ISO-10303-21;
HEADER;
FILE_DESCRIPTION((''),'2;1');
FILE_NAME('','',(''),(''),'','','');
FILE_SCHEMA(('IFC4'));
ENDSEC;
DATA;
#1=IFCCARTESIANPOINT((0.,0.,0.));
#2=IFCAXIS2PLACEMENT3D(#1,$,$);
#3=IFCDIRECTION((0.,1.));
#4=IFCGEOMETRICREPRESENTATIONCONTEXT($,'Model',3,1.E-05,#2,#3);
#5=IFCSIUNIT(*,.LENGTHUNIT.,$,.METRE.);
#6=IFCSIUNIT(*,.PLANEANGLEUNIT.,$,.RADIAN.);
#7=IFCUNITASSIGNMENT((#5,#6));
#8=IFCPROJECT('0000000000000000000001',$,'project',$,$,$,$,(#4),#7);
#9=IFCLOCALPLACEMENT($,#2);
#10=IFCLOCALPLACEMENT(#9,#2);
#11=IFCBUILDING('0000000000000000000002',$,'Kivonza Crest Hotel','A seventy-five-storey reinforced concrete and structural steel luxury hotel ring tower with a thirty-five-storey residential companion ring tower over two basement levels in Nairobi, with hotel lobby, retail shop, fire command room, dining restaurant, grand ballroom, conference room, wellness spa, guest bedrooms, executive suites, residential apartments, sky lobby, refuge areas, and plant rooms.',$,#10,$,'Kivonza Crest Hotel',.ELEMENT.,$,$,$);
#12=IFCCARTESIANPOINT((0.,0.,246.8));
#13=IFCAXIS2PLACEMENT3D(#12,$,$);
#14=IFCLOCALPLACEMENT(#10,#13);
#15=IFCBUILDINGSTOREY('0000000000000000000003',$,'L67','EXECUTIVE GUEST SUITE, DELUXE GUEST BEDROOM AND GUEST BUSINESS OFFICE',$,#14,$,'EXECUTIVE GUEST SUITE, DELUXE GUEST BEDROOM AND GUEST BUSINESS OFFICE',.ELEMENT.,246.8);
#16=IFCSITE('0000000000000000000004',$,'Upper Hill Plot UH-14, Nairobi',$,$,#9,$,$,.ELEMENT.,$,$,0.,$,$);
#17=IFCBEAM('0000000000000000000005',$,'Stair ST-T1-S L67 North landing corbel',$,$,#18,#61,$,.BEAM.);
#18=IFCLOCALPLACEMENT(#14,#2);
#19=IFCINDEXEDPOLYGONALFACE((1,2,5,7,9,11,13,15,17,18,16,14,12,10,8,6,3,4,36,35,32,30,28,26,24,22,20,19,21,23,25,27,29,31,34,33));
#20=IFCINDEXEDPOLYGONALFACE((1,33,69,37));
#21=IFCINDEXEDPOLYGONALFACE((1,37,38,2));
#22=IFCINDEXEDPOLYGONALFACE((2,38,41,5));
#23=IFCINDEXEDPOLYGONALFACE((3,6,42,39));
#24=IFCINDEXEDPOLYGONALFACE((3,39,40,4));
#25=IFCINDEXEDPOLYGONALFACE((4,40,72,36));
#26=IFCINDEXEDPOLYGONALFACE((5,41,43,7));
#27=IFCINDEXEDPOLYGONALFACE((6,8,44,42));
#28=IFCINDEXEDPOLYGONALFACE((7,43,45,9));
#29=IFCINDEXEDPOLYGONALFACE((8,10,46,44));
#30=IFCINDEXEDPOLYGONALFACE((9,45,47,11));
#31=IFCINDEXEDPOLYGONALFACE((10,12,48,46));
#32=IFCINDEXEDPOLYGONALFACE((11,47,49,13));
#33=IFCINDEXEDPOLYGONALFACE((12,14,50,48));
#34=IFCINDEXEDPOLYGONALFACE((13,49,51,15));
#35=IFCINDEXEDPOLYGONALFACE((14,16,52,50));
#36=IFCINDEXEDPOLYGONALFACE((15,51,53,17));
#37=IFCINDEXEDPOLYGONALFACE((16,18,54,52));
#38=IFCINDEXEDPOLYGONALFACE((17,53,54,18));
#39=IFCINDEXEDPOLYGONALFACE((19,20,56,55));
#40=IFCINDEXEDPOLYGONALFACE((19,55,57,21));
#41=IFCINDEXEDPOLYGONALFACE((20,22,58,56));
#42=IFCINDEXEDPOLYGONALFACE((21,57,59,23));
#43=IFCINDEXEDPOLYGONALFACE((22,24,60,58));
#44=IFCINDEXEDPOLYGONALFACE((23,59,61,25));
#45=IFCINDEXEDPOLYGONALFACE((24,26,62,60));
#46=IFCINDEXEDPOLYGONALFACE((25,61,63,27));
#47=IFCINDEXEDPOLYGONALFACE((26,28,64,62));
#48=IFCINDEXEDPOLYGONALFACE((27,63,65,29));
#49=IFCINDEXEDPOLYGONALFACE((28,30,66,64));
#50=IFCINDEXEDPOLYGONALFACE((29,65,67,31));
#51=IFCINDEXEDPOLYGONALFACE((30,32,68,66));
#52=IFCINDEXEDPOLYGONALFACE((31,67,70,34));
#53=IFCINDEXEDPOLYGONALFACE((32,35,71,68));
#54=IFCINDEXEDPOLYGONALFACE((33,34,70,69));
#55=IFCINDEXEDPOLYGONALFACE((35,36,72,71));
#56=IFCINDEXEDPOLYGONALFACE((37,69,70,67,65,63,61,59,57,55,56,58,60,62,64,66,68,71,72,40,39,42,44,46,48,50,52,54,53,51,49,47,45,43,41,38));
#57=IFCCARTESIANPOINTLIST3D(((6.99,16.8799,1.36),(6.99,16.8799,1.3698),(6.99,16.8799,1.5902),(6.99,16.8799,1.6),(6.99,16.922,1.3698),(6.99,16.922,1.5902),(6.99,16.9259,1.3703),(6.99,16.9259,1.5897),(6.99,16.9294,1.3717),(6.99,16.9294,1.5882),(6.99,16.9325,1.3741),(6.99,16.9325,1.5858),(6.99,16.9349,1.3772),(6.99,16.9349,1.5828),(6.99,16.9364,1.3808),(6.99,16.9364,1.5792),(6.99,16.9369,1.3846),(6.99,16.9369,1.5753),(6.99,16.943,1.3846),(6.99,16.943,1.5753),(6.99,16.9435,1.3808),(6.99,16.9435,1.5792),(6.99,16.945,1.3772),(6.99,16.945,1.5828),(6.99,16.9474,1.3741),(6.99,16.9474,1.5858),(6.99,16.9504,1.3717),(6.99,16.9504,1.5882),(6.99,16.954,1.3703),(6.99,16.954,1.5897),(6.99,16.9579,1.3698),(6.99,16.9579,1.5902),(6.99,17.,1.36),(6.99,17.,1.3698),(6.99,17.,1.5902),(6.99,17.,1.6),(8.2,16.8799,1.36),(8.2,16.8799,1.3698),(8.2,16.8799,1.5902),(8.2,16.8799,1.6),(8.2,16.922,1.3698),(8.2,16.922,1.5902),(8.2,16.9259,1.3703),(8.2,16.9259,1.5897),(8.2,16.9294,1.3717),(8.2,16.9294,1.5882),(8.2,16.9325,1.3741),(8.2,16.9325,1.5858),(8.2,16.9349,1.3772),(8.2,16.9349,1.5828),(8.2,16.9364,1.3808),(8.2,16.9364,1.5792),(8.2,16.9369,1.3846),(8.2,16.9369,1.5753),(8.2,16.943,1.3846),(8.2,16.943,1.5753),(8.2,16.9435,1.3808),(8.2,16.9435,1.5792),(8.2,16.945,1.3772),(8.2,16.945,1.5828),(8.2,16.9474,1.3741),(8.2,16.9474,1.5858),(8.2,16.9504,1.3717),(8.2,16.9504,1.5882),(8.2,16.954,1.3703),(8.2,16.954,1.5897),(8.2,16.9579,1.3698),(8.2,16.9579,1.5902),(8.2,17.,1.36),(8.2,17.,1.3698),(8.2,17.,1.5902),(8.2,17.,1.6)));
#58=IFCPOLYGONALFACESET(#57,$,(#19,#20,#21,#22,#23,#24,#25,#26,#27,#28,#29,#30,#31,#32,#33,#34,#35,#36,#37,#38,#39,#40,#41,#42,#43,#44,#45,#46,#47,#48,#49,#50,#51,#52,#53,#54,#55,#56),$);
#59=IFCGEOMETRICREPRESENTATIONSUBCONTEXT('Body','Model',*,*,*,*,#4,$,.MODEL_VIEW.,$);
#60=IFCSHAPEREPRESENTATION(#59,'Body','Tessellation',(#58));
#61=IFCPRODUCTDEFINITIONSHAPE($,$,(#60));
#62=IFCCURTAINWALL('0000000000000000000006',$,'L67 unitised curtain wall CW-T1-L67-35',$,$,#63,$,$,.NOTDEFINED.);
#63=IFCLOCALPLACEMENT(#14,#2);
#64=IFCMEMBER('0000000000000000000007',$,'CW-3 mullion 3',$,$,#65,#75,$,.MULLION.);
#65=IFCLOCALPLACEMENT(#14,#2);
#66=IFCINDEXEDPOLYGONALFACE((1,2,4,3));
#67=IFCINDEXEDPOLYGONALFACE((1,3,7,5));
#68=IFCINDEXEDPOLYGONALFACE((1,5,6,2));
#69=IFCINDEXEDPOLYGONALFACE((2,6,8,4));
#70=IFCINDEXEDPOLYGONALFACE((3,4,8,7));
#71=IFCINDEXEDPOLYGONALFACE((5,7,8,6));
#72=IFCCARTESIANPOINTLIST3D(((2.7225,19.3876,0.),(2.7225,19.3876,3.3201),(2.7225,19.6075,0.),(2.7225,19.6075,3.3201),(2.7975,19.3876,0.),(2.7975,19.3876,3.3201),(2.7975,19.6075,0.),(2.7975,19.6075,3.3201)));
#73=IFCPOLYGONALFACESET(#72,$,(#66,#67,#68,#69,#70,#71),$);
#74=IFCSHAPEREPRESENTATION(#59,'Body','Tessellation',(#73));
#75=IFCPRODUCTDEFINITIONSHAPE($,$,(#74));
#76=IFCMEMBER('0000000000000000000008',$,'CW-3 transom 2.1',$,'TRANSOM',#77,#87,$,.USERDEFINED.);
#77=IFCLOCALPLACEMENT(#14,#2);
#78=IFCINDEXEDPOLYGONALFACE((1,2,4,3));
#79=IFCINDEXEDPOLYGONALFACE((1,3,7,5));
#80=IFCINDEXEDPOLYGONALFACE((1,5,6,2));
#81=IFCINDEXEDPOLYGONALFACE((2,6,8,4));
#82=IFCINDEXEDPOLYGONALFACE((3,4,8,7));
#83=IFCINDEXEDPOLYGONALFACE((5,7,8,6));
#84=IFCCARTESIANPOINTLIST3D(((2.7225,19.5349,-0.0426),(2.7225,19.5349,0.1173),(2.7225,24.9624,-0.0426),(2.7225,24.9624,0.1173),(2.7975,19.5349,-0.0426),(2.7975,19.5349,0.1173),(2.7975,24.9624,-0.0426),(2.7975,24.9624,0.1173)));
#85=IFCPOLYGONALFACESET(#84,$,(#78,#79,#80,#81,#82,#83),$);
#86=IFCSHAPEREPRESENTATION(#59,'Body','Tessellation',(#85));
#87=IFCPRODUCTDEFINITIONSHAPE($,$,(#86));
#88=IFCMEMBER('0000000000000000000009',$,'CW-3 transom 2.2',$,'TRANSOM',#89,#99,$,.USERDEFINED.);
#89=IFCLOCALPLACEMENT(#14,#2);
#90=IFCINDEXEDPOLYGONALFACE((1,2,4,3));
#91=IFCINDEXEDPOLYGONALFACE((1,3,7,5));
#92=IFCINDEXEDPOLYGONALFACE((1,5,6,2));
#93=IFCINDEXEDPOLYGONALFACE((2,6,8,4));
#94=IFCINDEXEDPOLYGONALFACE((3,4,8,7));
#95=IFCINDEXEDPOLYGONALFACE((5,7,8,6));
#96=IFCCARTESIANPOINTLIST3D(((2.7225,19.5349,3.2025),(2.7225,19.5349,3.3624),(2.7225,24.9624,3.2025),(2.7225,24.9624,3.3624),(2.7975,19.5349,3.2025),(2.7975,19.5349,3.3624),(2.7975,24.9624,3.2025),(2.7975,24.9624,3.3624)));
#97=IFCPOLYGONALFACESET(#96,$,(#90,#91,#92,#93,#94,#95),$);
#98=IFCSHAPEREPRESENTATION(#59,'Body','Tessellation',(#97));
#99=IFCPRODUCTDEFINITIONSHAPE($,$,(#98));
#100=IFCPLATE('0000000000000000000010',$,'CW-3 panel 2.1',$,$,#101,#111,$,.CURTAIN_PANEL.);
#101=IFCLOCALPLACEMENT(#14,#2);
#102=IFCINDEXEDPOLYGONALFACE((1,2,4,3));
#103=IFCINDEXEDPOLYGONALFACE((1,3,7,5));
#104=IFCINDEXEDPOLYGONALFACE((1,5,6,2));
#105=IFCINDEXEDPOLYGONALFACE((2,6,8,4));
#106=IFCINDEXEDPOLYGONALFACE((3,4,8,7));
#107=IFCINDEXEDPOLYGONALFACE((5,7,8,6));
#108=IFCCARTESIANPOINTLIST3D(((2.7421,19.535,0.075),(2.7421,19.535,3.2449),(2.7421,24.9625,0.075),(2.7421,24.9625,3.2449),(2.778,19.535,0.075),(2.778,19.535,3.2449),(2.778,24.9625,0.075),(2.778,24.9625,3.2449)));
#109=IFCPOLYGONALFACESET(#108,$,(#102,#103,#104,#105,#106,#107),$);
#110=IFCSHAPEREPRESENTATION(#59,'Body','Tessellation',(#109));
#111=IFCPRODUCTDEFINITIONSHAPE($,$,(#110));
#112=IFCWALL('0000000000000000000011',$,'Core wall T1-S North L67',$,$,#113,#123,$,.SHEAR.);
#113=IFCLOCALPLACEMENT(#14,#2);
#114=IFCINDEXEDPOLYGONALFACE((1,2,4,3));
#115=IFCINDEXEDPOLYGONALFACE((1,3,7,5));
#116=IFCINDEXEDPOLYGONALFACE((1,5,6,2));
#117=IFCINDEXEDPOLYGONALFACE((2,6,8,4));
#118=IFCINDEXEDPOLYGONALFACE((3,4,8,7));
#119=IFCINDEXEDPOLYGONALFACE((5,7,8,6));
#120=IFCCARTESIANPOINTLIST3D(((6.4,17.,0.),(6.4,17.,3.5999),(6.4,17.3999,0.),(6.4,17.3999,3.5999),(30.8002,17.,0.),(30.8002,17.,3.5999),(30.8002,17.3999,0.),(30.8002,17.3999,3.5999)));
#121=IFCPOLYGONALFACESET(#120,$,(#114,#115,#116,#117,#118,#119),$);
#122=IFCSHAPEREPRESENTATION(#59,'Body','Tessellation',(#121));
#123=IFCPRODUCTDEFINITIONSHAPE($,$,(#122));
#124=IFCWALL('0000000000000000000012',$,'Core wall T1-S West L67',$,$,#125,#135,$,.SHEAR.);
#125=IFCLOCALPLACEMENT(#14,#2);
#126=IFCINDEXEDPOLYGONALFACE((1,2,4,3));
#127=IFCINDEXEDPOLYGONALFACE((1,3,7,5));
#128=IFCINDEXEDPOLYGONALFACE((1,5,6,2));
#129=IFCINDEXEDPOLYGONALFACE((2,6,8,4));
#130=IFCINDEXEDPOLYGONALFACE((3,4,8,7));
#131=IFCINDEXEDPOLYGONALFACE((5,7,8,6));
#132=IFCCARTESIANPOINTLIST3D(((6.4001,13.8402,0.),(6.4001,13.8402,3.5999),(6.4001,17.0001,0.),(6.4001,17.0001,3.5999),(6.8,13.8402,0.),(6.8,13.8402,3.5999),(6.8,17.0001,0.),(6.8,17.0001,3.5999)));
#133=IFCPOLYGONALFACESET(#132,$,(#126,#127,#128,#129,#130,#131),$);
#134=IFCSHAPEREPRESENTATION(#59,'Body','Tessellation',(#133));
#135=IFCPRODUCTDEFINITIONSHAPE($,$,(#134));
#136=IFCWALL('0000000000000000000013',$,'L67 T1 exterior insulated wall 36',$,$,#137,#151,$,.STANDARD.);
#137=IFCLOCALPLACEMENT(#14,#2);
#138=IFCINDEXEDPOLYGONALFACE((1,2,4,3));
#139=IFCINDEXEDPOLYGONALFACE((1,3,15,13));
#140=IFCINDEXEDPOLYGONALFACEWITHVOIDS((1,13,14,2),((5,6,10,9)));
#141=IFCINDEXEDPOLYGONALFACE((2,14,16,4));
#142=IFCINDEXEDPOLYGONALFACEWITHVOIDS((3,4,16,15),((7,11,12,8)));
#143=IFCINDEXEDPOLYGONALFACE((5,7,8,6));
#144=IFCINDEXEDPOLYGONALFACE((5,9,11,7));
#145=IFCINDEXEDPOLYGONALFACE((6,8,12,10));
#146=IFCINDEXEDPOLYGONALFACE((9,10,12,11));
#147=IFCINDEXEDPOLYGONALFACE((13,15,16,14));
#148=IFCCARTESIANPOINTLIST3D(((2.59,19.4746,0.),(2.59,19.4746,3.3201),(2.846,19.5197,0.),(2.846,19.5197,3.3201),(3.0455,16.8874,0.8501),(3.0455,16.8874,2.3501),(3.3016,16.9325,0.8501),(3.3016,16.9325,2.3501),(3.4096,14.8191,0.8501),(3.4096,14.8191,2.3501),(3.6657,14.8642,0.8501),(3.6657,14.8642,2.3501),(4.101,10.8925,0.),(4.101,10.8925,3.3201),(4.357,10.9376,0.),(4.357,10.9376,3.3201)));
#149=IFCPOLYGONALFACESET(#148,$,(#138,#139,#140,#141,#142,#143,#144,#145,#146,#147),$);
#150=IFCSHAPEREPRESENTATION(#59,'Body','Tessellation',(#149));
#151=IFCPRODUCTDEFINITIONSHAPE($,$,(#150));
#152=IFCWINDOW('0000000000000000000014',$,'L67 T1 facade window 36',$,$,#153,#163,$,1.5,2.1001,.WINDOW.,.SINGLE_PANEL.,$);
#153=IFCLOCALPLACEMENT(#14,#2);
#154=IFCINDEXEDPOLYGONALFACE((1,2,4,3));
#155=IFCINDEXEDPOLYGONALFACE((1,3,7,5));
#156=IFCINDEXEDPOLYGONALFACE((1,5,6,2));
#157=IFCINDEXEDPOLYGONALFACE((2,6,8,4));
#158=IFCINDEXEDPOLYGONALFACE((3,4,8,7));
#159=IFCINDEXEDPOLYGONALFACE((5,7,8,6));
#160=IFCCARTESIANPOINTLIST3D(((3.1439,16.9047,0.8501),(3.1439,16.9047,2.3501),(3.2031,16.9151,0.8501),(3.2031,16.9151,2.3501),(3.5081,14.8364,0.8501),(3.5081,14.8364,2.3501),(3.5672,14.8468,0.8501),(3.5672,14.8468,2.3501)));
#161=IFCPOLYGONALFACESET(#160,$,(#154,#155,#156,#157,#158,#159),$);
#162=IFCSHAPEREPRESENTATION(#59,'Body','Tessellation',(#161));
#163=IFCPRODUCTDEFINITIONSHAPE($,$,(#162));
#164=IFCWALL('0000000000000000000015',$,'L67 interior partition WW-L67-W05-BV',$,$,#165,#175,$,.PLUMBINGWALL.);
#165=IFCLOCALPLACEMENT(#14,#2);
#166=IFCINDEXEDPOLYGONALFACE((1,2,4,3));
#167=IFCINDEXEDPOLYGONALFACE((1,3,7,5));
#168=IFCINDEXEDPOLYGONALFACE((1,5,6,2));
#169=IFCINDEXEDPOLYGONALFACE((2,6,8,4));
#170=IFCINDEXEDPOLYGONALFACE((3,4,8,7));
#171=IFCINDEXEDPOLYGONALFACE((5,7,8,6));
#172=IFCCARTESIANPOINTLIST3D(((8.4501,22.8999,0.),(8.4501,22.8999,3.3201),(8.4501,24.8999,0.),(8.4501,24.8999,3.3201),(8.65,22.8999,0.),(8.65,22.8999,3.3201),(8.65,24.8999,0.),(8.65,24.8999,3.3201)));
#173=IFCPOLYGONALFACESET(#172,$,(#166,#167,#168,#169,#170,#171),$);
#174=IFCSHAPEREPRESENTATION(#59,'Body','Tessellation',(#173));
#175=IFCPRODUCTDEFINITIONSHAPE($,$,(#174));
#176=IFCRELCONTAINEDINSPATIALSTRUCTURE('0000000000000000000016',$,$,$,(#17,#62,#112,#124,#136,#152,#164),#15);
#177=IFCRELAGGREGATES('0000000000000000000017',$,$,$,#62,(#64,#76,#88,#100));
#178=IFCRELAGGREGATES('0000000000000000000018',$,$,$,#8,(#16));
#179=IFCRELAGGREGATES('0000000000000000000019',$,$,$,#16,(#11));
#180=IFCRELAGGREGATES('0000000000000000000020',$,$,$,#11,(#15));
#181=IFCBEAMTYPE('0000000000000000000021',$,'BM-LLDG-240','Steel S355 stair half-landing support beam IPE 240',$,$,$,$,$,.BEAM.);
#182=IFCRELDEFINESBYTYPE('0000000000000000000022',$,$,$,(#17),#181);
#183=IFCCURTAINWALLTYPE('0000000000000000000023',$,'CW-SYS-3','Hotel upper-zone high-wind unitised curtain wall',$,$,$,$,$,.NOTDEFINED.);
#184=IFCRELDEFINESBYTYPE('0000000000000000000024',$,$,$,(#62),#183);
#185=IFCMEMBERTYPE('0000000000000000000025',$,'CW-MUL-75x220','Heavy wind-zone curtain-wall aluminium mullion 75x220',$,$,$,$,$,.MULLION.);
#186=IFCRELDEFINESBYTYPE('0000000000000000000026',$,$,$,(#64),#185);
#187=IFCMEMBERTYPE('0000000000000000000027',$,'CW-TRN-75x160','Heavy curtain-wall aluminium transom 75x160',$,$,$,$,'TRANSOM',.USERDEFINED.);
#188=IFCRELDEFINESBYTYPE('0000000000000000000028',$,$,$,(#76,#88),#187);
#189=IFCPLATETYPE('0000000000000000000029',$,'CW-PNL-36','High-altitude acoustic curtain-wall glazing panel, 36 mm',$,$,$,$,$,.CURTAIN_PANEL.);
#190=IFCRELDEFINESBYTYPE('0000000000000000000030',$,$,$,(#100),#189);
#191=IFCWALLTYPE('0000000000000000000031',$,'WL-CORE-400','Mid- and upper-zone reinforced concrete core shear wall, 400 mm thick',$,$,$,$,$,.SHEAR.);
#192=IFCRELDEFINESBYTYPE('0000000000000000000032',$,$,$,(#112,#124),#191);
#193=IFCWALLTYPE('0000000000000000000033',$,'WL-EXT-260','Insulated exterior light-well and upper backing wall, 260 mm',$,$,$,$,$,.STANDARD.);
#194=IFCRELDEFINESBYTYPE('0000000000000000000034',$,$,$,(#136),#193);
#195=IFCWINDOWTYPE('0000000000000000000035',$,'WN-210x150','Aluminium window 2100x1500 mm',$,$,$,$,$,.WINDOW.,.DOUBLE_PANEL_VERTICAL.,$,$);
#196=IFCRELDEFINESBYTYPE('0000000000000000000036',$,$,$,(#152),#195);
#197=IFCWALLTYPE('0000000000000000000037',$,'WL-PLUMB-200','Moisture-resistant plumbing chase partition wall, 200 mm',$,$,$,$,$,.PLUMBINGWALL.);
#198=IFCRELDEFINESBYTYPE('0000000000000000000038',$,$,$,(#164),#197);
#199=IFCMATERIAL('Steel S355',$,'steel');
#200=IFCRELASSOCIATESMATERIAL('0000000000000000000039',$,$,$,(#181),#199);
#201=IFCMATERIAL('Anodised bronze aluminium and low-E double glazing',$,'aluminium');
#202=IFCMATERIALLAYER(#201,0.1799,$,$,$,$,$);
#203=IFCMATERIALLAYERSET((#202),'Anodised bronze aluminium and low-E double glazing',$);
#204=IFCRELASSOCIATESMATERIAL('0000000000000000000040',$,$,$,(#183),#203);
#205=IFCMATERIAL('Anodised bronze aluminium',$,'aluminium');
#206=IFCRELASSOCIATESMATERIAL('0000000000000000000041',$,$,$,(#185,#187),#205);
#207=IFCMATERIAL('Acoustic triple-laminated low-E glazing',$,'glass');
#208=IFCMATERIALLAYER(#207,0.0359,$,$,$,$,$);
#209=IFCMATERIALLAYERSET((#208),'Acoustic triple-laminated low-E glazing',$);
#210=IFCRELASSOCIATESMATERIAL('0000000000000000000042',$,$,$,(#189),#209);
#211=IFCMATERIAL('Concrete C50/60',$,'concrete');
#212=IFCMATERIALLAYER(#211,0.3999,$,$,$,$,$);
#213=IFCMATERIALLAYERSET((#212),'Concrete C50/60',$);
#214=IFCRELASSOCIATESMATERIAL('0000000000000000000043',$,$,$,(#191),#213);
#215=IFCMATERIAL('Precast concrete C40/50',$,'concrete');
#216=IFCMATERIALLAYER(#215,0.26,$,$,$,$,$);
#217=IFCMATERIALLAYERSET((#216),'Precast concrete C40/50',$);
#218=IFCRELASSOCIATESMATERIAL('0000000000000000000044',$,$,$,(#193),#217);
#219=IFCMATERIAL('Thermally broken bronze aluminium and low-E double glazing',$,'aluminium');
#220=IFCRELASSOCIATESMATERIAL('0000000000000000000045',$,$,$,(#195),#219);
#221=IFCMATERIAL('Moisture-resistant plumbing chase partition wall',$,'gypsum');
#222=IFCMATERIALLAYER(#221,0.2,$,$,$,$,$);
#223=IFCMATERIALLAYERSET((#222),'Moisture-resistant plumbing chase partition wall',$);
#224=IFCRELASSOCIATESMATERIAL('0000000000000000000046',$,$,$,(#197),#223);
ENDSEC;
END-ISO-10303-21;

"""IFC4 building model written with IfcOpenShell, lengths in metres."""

from ifc_helpers import new_model, si_unit, direction, frame, frame_2d, origin, origin_2d, place, context, subcontext, project, spatial, rectangle, i_section, extrude, material, layer, layer_set, material_profile, profile_set, type_object, element, fill, aggregate, save


model = new_model("IFC4")

# Units and contexts
model_context = context("Model", 3, precision=1e-05, world=origin(), true_north=direction((0.0, 1.0)))
body_context = subcontext(model_context, "Body", "Model", "MODEL_VIEW")
ifc_project = project(units=[si_unit("LENGTHUNIT", "METRE"), si_unit("PLANEANGLEUNIT", "RADIAN")], contexts=[model_context])

# Site, building, storey
site_placement = place(None, origin())
site = spatial("IfcSite", under=ifc_project, at=site_placement, Name="Upper Hill Plot UH-14, Nairobi", CompositionType="ELEMENT", RefElevation=0.0)
building_placement = place(site_placement, origin())
building = spatial("IfcBuilding", under=site, at=building_placement, Name="Kivonza Crest Hotel", Description="A seventy-five-storey reinforced concrete and structural steel luxury hotel ring tower with a thirty-five-storey residential companion ring tower over two basement levels in Nairobi, with hotel lobby, retail shop, fire command room, dining restaurant, grand ballroom, conference room, wellness spa, guest bedrooms, executive suites, residential apartments, sky lobby, refuge areas, and plant rooms.", LongName="Kivonza Crest Hotel", CompositionType="ELEMENT")
storey_placement = place(building_placement, frame((0.0, 0.0, 246.8)))
storey = spatial("IfcBuildingStorey", under=building, at=storey_placement, Name="L67", Description="EXECUTIVE GUEST SUITE, DELUXE GUEST BEDROOM AND GUEST BUSINESS OFFICE", LongName="EXECUTIVE GUEST SUITE, DELUXE GUEST BEDROOM AND GUEST BUSINESS OFFICE", CompositionType="ELEMENT", Elevation=246.8)

# Shared definitions
ifc_material_1 = material(Name="Concrete C50/60", Category="concrete")

# Beam
ifc_material_2 = material(Name="Steel S355", Category="steel")
ifc_material_profile_1 = material_profile(ifc_material_2, i_section(OverallWidth=0.1201, OverallDepth=0.24, WebThickness=0.0061, FlangeThickness=0.0098, FilletRadius=0.0149, at=origin_2d()), Name="IPE 240")
ifc_profile_set_1 = profile_set([ifc_material_profile_1], Name="Steel S355")
beam_type_1 = type_object("IfcBeamType", Name="BM-LLDG-240", Description="Steel S355 stair half-landing support beam IPE 240", PredefinedType="BEAM", material=ifc_profile_set_1)
for number, where, z_axis, x_axis, name in (
    (1, (6.99, 16.9399, 1.48), (1.0, 0.0, 0.0), (0.0, 1.0, 0.0), "Stair ST-T1-S L67 North landing corbel"),
):
    element("IfcBeam", number, at=place(storey_placement, frame(where, z_axis=z_axis, x_axis=x_axis)), inside=storey, type_object=beam_type_1, Name=name, PredefinedType="BEAM", context=body_context, shape_type="SweptSolid", body=[
        extrude(i_section(OverallWidth=0.1201, OverallDepth=0.24, WebThickness=0.0061, FlangeThickness=0.0098, FilletRadius=0.0149, at=origin_2d()), origin(), (0.0, 0.0, 1.0), 1.21),
    ])

# Curtain wall, members, plate
ifc_material_3 = material(Name="Anodised bronze aluminium and low-E double glazing", Category="aluminium")
ifc_layer_1 = layer(ifc_material_3, 0.1799)
ifc_layer_set_1 = layer_set([ifc_layer_1], Name="Anodised bronze aluminium and low-E double glazing")
curtain_wall_type = type_object("IfcCurtainWallType", Name="CW-SYS-3", Description="Hotel upper-zone high-wind unitised curtain wall", PredefinedType="NOTDEFINED", material=ifc_layer_set_1)
curtain_wall_placement = place(storey_placement, origin())
curtain_wall = element("IfcCurtainWall", 2, at=curtain_wall_placement, inside=storey, type_object=curtain_wall_type, Name="L67 unitised curtain wall CW-T1-L67-35", PredefinedType="NOTDEFINED")
ifc_material_4 = material(Name="Anodised bronze aluminium", Category="aluminium")
ifc_material_profile_2 = material_profile(ifc_material_4, rectangle(XDim=0.075, YDim=0.22, at=origin_2d()), Name="CW-M 75x220")
ifc_profile_set_2 = profile_set([ifc_material_profile_2], Name="Anodised bronze aluminium")
member_type_1 = type_object("IfcMemberType", Name="CW-MUL-75x220", Description="Heavy wind-zone curtain-wall aluminium mullion 75x220", PredefinedType="MULLION", material=ifc_profile_set_2)
member_1_placement = place(storey_placement, frame((2.76, 19.4976, 0.0), z_axis=(0.0, 0.0, 1.0), x_axis=(1.0, 0.0, 0.0)))
member_1 = element("IfcMember", 3, at=member_1_placement, type_object=member_type_1, Name="CW-3 mullion 3", PredefinedType="MULLION", context=body_context, shape_type="SweptSolid", body=[
    extrude(rectangle(XDim=0.075, YDim=0.22, at=origin_2d()), origin(), (0.0, 0.0, 1.0), 3.3201),
])
ifc_material_profile_3 = material_profile(ifc_material_4, rectangle(XDim=0.075, YDim=0.1599, at=origin_2d()), Name="CW-T 75x160")
ifc_profile_set_3 = profile_set([ifc_material_profile_3], Name="Anodised bronze aluminium")
member_type_2 = type_object("IfcMemberType", Name="CW-TRN-75x160", Description="Heavy curtain-wall aluminium transom 75x160", ElementType="TRANSOM", PredefinedType="USERDEFINED", material=ifc_profile_set_3)
member_2_placement = place(storey_placement, frame((2.76, 24.9624, 0.0374), z_axis=(0.0, -1.0, 0.0), x_axis=(1.0, 0.0, 0.0)))
member_2 = element("IfcMember", 4, at=member_2_placement, type_object=member_type_2, Name="CW-3 transom 2.1", ObjectType="TRANSOM", PredefinedType="USERDEFINED", context=body_context, shape_type="SweptSolid", body=[
    extrude(rectangle(XDim=0.075, YDim=0.1599, at=origin_2d()), origin(), (0.0, 0.0, 1.0), 5.4275),
])
member_3_placement = place(storey_placement, frame((2.76, 24.9624, 3.2825), z_axis=(0.0, -1.0, 0.0), x_axis=(1.0, 0.0, 0.0)))
member_3 = element("IfcMember", 5, at=member_3_placement, type_object=member_type_2, Name="CW-3 transom 2.2", ObjectType="TRANSOM", PredefinedType="USERDEFINED", context=body_context, shape_type="SweptSolid", body=[
    extrude(rectangle(XDim=0.075, YDim=0.1599, at=origin_2d()), origin(), (0.0, 0.0, 1.0), 5.4275),
])
ifc_material_5 = material(Name="Acoustic triple-laminated low-E glazing", Category="glass")
ifc_layer_2 = layer(ifc_material_5, 0.0359)
ifc_layer_set_2 = layer_set([ifc_layer_2], Name="Acoustic triple-laminated low-E glazing")
plate_type = type_object("IfcPlateType", Name="CW-PNL-36", Description="High-altitude acoustic curtain-wall glazing panel, 36 mm", PredefinedType="CURTAIN_PANEL", material=ifc_layer_set_2)
plate_placement = place(storey_placement, frame((2.76, 22.2488, 0.075), z_axis=(0.0, 0.0, 1.0), x_axis=(0.0, -1.0, 0.0)))
plate = element("IfcPlate", 6, at=plate_placement, type_object=plate_type, Name="CW-3 panel 2.1", PredefinedType="CURTAIN_PANEL", context=body_context, shape_type="SweptSolid", body=[
    extrude(rectangle(XDim=5.4275, YDim=0.0359, at=origin_2d()), origin(), (0.0, 0.0, 1.0), 3.1699),
])
aggregate(curtain_wall, [member_1, member_2, member_3, plate])

# Shared definitions
ifc_layer_3 = layer(ifc_material_1, 0.3999)
ifc_layer_set_3 = layer_set([ifc_layer_3], Name="Concrete C50/60")
wall_type_1 = type_object("IfcWallType", Name="WL-CORE-400", Description="Mid- and upper-zone reinforced concrete core shear wall, 400 mm thick", PredefinedType="SHEAR", material=ifc_layer_set_3)

# Walls
wall_1_placement = place(storey_placement, frame((6.3999, 17.2, 0.0), z_axis=(0.0, 0.0, 1.0), x_axis=(1.0, 0.0, 0.0)))
element("IfcWall", 7, at=wall_1_placement, inside=storey, type_object=wall_type_1, Name="Core wall T1-S North L67", PredefinedType="SHEAR", context=body_context, shape_type="SweptSolid", body=[
    extrude(rectangle(XDim=24.4001, YDim=0.3999, at=frame_2d((12.2002, 0.0))), origin(), (0.0, 0.0, 1.0), 3.5999),
])
wall_2_placement = place(storey_placement, frame((6.6001, 13.8401, 0.0), z_axis=(0.0, 0.0, 1.0), x_axis=(0.0, 1.0, 0.0)))
element("IfcWall", 8, at=wall_2_placement, inside=storey, type_object=wall_type_1, Name="Core wall T1-S West L67", PredefinedType="SHEAR", context=body_context, shape_type="SweptSolid", body=[
    extrude(rectangle(XDim=3.1599, YDim=0.3999, at=frame_2d((1.5801, 0.0))), origin(), (0.0, 0.0, 1.0), 3.5999),
])

# Wall, opening, window
ifc_material_6 = material(Name="Precast concrete C40/50", Category="concrete")
ifc_layer_4 = layer(ifc_material_6, 0.26)
ifc_layer_set_4 = layer_set([ifc_layer_4], Name="Precast concrete C40/50")
wall_type_2 = type_object("IfcWallType", Name="WL-EXT-260", Description="Insulated exterior light-well and upper backing wall, 260 mm", PredefinedType="STANDARD", material=ifc_layer_set_4)
wall_3_placement = place(storey_placement, frame((2.718, 19.4971, 0.0), z_axis=(0.0, 0.0, 1.0), x_axis=(0.173397, -0.984852, 0.0)))
wall_3 = element("IfcWall", 9, at=wall_3_placement, inside=storey, type_object=wall_type_2, Name="L67 T1 exterior insulated wall 36", PredefinedType="STANDARD", context=body_context, shape_type="SweptSolid", body=[
    extrude(rectangle(XDim=8.7141, YDim=0.26, at=frame_2d((4.3569, 0.0))), origin(), (0.0, 0.0, 1.0), 3.3201),
])
opening_1_placement = place(wall_3_placement, frame((2.627, 0.0, 0.8501)))
opening_1 = element("IfcOpeningElement", 10, at=opening_1_placement, cuts=wall_3, PredefinedType="OPENING", context=body_context, shape_type="SweptSolid", body=[
    extrude(rectangle(XDim=2.1001, YDim=1.5, at=frame_2d((1.05, 0.75))), frame((0.0, 0.1401, 0.0), z_axis=(0.0, -1.0, 0.0), x_axis=(1.0, 0.0, 0.0)), (0.0, 0.0, 1.0), 0.28),
])
ifc_material_7 = material(Name="Thermally broken bronze aluminium and low-E double glazing", Category="aluminium")
window_type = type_object("IfcWindowType", Name="WN-210x150", Description="Aluminium window 2100x1500 mm", PartitioningType="DOUBLE_PANEL_VERTICAL", PredefinedType="WINDOW", material=ifc_material_7)
window_placement = place(opening_1_placement, origin())
window = element("IfcWindow", 11, at=window_placement, inside=storey, type_object=window_type, Name="L67 T1 facade window 36", OverallHeight=1.5, OverallWidth=2.1001, PartitioningType="SINGLE_PANEL", PredefinedType="WINDOW", context=body_context, shape_type="SweptSolid", body=[
    extrude(rectangle(XDim=2.1001, YDim=1.5, at=frame_2d((1.05, 0.75))), frame((0.0, 0.03, 0.0), z_axis=(0.0, -1.0, 0.0), x_axis=(1.0, 0.0, 0.0)), (0.0, 0.0, 1.0), 0.0601),
])
fill(opening_1, window)

# Wall
ifc_material_8 = material(Name="Moisture-resistant plumbing chase partition wall", Category="gypsum")
ifc_layer_5 = layer(ifc_material_8, 0.2)
ifc_layer_set_5 = layer_set([ifc_layer_5], Name="Moisture-resistant plumbing chase partition wall")
wall_type_3 = type_object("IfcWallType", Name="WL-PLUMB-200", Description="Moisture-resistant plumbing chase partition wall, 200 mm", PredefinedType="PLUMBINGWALL", material=ifc_layer_set_5)
wall_4_placement = place(storey_placement, frame((8.55, 22.8999, 0.0), z_axis=(0.0, 0.0, 1.0), x_axis=(0.0, 1.0, 0.0)))
element("IfcWall", 12, at=wall_4_placement, inside=storey, type_object=wall_type_3, Name="L67 interior partition WW-L67-W05-BV", PredefinedType="PLUMBINGWALL", context=body_context, shape_type="SweptSolid", body=[
    extrude(rectangle(XDim=2.0, YDim=0.2, at=frame_2d((1.0, 0.0))), origin(), (0.0, 0.0, 1.0), 3.3201),
])

save(model, "model.ifc")
